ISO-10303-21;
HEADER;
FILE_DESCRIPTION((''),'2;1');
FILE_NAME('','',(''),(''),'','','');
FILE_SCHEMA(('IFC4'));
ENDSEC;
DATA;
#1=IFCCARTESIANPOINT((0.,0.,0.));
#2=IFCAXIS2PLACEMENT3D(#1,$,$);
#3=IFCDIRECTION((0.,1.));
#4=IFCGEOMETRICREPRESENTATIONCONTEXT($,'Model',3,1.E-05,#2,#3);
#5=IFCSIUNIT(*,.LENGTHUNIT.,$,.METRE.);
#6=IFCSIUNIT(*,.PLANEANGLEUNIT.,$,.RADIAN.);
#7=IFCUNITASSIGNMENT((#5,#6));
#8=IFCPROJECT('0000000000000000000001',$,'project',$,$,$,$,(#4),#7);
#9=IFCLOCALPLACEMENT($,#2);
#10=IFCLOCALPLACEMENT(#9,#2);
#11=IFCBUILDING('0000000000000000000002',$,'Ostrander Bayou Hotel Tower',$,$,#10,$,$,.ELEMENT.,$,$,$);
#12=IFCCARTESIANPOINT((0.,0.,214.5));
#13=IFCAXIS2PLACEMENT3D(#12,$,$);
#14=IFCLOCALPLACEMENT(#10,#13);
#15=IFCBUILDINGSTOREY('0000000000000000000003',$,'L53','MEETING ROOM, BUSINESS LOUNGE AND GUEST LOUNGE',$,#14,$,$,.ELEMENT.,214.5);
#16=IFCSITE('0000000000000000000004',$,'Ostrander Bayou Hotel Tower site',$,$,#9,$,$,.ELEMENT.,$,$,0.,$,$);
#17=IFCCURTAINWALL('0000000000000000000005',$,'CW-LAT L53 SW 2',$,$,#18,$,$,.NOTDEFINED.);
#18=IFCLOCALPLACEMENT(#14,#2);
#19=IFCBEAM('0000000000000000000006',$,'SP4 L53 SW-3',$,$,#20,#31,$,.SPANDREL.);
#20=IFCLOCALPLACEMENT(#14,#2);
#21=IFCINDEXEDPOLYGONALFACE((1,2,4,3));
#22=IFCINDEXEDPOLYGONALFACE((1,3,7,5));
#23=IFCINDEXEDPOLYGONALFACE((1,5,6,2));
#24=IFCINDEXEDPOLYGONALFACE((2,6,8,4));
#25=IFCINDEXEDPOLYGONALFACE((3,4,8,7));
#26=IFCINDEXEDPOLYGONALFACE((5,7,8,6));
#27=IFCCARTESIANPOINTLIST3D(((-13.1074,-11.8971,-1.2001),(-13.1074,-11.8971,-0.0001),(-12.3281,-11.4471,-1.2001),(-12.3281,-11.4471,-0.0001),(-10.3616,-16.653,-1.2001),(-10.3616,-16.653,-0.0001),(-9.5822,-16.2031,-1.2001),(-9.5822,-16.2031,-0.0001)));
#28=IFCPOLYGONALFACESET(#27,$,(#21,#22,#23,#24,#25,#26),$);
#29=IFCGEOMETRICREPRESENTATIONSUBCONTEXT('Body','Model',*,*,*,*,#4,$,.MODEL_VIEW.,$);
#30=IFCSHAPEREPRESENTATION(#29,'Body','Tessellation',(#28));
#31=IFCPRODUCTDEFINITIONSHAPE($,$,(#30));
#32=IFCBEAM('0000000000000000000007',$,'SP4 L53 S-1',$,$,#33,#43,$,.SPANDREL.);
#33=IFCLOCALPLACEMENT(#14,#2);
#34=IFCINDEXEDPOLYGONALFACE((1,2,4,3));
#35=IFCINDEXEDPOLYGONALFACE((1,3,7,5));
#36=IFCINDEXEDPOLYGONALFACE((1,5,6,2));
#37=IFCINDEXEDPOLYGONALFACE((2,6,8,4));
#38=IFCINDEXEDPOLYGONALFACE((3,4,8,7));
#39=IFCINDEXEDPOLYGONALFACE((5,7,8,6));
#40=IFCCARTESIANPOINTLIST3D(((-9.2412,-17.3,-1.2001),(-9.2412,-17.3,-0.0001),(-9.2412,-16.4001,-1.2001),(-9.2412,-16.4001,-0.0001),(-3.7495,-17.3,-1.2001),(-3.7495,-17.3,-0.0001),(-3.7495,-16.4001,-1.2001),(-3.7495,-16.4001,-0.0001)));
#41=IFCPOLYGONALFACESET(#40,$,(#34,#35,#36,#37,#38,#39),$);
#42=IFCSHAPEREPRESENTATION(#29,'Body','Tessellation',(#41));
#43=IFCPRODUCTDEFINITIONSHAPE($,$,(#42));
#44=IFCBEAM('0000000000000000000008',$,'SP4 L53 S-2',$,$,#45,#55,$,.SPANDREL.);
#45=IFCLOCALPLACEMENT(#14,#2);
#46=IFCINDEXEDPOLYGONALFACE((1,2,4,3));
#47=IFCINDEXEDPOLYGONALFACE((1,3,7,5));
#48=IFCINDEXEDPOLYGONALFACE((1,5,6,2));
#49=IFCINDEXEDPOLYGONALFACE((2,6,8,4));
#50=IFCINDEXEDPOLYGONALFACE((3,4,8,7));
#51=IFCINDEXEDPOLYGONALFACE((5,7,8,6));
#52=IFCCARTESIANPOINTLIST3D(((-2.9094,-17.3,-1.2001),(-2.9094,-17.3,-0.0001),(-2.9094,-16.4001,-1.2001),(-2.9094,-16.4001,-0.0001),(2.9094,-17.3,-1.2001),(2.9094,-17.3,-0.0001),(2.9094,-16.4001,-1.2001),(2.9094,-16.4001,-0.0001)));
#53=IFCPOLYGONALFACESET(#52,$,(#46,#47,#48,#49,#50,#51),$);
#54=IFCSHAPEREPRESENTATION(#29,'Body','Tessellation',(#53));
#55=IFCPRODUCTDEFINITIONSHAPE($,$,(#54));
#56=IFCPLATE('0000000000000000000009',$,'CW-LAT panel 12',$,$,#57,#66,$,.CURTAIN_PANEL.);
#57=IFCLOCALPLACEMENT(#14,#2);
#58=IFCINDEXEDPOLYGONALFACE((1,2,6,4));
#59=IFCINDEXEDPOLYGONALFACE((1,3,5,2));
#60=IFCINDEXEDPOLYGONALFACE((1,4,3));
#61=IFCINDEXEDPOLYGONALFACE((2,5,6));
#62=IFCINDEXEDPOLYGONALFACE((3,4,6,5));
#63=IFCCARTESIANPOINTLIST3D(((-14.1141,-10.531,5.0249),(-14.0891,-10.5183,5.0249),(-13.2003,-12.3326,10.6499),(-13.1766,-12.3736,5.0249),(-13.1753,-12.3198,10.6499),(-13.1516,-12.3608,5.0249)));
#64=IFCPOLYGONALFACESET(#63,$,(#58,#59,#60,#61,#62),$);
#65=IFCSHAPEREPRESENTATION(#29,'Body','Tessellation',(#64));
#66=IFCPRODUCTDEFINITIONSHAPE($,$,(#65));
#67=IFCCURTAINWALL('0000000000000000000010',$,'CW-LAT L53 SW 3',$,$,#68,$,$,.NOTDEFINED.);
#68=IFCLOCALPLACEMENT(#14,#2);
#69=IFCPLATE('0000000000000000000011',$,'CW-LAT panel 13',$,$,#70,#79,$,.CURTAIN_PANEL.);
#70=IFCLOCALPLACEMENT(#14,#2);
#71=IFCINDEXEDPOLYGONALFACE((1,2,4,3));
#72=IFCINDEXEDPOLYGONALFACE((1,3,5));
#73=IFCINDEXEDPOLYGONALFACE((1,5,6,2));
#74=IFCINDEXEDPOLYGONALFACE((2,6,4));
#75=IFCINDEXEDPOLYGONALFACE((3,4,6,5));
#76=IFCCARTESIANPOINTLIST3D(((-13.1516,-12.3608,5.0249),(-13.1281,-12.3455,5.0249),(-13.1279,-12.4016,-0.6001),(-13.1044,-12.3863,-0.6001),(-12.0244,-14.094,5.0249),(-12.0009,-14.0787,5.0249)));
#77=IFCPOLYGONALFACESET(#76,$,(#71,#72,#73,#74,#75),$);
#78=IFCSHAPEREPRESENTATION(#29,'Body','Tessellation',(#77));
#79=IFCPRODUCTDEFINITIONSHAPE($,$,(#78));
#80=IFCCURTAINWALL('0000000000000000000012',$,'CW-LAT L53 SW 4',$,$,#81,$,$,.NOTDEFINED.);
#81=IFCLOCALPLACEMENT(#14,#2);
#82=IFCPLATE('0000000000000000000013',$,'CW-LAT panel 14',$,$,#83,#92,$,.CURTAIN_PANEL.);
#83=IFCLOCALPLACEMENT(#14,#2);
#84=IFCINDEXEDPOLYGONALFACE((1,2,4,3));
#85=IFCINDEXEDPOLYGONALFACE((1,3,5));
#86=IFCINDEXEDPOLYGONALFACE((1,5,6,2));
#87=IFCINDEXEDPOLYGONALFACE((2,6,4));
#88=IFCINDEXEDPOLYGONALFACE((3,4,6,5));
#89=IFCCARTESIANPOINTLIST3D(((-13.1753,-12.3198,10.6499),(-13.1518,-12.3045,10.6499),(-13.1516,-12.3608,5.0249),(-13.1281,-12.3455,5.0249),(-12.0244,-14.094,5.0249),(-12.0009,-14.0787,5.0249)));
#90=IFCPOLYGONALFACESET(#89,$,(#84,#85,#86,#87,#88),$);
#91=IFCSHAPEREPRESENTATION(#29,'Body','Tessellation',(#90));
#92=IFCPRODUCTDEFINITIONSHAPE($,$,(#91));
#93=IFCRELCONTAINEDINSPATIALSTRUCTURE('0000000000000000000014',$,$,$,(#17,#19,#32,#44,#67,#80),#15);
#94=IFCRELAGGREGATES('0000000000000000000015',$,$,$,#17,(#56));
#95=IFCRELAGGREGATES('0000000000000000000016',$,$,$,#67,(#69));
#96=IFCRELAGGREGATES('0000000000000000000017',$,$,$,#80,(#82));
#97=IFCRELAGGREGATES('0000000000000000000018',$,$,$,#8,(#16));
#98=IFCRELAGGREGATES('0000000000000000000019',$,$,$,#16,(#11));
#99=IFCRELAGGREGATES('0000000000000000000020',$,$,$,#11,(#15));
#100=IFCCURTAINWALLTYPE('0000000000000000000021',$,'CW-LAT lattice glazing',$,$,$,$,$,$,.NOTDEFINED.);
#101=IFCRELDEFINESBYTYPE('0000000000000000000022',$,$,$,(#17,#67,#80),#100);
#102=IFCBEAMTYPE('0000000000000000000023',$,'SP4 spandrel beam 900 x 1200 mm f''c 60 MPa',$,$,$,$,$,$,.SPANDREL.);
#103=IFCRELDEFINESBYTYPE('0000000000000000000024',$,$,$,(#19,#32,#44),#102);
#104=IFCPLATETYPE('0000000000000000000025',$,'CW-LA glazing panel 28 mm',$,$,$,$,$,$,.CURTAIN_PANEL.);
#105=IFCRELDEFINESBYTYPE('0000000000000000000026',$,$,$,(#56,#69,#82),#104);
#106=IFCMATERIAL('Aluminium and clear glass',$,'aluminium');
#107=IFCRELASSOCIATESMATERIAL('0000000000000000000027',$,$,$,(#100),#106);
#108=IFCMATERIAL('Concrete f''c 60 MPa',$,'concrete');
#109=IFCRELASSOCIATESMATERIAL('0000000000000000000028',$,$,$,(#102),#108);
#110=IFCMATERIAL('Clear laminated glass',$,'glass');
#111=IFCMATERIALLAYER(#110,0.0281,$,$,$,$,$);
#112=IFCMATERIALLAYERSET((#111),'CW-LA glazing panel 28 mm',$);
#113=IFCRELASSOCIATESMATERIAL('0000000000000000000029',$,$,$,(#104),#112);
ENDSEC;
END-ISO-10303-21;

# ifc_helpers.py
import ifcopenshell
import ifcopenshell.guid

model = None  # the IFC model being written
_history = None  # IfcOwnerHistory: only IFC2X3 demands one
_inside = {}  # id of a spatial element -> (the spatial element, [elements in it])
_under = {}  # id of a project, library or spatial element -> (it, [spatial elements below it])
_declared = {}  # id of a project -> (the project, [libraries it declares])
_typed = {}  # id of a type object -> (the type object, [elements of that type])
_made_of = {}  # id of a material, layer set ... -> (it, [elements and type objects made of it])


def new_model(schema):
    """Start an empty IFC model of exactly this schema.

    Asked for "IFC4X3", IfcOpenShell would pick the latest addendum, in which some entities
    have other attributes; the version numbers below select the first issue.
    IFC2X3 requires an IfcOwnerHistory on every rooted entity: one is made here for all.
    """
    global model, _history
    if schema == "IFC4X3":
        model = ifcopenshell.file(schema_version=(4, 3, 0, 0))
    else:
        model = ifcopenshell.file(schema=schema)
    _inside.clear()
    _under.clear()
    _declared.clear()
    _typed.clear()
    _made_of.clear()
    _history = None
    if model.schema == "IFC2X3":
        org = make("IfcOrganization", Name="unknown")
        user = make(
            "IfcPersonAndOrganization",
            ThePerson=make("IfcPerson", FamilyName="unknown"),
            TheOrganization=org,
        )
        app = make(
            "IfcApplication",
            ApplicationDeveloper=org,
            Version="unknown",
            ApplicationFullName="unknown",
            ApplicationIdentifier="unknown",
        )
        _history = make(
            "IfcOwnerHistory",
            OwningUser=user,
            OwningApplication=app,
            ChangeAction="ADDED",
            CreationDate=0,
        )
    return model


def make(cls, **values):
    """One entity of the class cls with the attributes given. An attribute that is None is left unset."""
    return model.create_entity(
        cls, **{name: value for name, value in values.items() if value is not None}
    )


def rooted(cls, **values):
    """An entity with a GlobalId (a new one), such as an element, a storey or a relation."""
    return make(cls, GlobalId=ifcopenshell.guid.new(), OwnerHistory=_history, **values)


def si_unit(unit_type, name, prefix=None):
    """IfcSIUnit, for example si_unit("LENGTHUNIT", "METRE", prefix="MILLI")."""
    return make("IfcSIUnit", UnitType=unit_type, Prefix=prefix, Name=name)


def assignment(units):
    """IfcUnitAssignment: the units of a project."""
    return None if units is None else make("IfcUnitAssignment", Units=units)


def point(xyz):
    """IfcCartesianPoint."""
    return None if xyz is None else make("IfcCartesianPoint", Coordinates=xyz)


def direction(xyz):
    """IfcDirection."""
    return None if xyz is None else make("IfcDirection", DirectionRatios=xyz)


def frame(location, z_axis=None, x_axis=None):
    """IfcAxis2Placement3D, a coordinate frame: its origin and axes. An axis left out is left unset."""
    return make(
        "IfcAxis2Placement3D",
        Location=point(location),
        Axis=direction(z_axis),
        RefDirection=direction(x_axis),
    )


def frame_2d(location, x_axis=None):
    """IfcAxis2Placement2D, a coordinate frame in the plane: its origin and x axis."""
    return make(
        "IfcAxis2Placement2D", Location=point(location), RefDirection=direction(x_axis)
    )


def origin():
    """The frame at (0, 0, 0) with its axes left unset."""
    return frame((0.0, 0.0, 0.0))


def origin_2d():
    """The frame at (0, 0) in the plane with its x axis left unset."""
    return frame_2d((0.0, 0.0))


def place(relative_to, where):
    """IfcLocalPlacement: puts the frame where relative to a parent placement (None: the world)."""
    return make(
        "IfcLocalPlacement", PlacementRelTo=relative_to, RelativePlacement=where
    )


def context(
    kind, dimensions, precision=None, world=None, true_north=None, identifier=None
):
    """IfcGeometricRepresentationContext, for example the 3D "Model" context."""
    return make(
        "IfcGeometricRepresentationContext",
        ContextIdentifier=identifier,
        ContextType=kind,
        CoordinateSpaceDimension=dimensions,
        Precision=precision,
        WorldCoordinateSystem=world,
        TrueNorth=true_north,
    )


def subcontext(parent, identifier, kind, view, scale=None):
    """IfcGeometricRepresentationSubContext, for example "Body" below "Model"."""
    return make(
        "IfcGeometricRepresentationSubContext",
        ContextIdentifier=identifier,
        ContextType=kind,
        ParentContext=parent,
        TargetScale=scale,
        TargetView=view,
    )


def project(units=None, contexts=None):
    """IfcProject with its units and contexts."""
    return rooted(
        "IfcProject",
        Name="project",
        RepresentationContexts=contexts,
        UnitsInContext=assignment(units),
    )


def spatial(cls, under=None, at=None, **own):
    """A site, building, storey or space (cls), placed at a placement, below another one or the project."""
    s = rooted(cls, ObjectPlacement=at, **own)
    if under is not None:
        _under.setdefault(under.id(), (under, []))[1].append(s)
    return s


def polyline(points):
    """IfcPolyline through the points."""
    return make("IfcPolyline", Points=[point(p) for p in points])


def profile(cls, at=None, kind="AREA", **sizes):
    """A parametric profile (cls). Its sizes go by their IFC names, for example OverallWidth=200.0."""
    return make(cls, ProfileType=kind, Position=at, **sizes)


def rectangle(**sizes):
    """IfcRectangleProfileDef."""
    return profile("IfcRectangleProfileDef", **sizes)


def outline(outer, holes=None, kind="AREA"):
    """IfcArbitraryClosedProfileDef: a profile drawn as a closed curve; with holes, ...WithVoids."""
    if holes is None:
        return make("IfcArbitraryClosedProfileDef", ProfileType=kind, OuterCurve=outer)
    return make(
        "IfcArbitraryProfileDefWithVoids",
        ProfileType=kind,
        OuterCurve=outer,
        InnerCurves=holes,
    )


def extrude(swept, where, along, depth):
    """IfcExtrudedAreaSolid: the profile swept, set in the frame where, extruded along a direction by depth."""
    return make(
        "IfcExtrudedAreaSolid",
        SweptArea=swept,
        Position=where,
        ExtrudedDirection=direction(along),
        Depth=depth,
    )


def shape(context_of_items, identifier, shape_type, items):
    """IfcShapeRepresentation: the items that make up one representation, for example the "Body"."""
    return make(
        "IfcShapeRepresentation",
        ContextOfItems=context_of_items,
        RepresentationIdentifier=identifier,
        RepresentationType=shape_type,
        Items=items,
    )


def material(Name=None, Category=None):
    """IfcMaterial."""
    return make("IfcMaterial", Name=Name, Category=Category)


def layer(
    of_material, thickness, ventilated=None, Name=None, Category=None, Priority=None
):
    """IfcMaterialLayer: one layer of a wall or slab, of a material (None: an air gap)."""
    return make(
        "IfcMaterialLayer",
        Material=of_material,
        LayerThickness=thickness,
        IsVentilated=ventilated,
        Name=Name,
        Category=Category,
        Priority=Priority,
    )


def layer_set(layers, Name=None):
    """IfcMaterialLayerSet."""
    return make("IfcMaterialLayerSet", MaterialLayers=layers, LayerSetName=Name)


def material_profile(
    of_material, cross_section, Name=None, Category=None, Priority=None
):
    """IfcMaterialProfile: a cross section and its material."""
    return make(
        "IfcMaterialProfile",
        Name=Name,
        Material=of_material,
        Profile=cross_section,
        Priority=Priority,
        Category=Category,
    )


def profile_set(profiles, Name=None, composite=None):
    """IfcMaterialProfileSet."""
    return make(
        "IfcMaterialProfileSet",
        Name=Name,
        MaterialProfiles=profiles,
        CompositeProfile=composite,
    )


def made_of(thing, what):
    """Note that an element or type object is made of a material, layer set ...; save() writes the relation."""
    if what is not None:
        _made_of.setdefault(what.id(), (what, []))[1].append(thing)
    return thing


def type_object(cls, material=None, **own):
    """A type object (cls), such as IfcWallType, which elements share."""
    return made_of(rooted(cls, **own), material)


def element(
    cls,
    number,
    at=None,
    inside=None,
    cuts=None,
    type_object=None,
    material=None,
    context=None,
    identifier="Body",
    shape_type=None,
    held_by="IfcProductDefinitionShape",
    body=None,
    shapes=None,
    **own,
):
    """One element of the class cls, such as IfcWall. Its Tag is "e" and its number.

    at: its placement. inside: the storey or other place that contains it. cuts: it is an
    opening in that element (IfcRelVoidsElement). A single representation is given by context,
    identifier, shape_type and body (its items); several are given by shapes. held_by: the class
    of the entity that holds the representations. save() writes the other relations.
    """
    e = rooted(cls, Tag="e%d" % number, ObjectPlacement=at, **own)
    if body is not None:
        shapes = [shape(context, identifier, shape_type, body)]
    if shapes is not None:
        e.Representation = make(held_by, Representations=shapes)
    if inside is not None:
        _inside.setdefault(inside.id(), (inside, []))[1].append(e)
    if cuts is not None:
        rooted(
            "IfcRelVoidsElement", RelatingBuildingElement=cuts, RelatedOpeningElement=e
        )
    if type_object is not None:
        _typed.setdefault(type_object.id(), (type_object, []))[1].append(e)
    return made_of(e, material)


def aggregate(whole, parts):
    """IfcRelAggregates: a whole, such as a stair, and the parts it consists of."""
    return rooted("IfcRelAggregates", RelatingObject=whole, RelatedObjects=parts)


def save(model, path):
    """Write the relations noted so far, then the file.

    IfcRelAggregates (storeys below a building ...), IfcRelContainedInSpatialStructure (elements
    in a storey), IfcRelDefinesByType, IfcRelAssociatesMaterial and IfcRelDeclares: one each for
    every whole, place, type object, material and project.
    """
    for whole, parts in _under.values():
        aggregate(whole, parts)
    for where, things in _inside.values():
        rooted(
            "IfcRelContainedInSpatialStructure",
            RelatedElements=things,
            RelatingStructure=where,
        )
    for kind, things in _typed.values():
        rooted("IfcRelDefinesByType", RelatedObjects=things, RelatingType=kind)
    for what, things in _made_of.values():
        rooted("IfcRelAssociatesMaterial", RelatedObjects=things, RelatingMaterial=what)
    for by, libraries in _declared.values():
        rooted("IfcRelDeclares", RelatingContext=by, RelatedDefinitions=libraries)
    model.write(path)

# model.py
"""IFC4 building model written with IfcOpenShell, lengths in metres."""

from ifc_helpers import new_model, si_unit, direction, frame, origin, origin_2d, place, context, subcontext, project, spatial, polyline, rectangle, outline, extrude, material, layer, layer_set, material_profile, profile_set, type_object, element, aggregate, save


model = new_model("IFC4")

# Units and contexts
model_context = context("Model", 3, precision=1e-05, world=origin(), true_north=direction((0.0, 1.0)))
body_context = subcontext(model_context, "Body", "Model", "MODEL_VIEW")
ifc_project = project(units=[si_unit("LENGTHUNIT", "METRE"), si_unit("PLANEANGLEUNIT", "RADIAN")], contexts=[model_context])

# Site, building, storey
site_placement = place(None, origin())
site = spatial("IfcSite", under=ifc_project, at=site_placement, Name="Ostrander Bayou Hotel Tower site", CompositionType="ELEMENT", RefElevation=0.0)
building_placement = place(site_placement, origin())
building = spatial("IfcBuilding", under=site, at=building_placement, Name="Ostrander Bayou Hotel Tower", CompositionType="ELEMENT")
storey_placement = place(building_placement, frame((0.0, 0.0, 214.5)))
storey = spatial("IfcBuildingStorey", under=building, at=storey_placement, Name="L53", Description="MEETING ROOM, BUSINESS LOUNGE AND GUEST LOUNGE", CompositionType="ELEMENT", Elevation=214.5)

# Curtain wall
ifc_material_1 = material(Name="Aluminium and clear glass", Category="aluminium")
curtain_wall_type = type_object("IfcCurtainWallType", Name="CW-LAT lattice glazing", PredefinedType="NOTDEFINED", material=ifc_material_1)
curtain_wall_1_placement = place(storey_placement, origin())
curtain_wall_1 = element("IfcCurtainWall", 1, at=curtain_wall_1_placement, inside=storey, type_object=curtain_wall_type, Name="CW-LAT L53 SW 2", PredefinedType="NOTDEFINED")

# Beams
ifc_material_2 = material(Name="Concrete f'c 60 MPa", Category="concrete")
ifc_material_profile_1 = material_profile(ifc_material_2, rectangle(XDim=0.8999, YDim=1.2, at=origin_2d()))
ifc_profile_set_1 = profile_set([ifc_material_profile_1], Name="Concrete f'c 60 MPa")
beam_type_1 = type_object("IfcBeamType", Name="SP4 spandrel beam 900 x 1200 mm f'c 60 MPa", PredefinedType="SPANDREL", material=ifc_profile_set_1)
for number, where, z_axis, x_axis, name in (
    (2, (-12.7178, -11.6721, -0.6001), (0.500007, -0.866021, 0.0), (0.866021, 0.500007, 0.0), "SP4 L53 SW-3"),
    (3, (-9.2412, -16.8501, -0.6001), (1.0, 0.0, 0.0), (0.0, 1.0, 0.0), "SP4 L53 S-1"),
):
    element("IfcBeam", number, at=place(storey_placement, frame(where, z_axis=z_axis, x_axis=x_axis)), inside=storey, type_object=beam_type_1, Name=name, PredefinedType="SPANDREL", context=body_context, shape_type="SweptSolid", body=[
        extrude(rectangle(XDim=0.8999, YDim=1.2, at=origin_2d()), origin(), (0.0, 0.0, 1.0), 5.4917),
    ])
beam_placement = place(storey_placement, frame((-2.9094, -16.8501, -0.6001), z_axis=(1.0, 0.0, 0.0), x_axis=(0.0, 1.0, 0.0)))
element("IfcBeam", 4, at=beam_placement, inside=storey, type_object=beam_type_1, Name="SP4 L53 S-2", PredefinedType="SPANDREL", context=body_context, shape_type="SweptSolid", body=[
    extrude(rectangle(XDim=0.8999, YDim=1.2, at=origin_2d()), origin(), (0.0, 0.0, 1.0), 5.8188),
])

# Plate
ifc_material_3 = material(Name="Clear laminated glass", Category="glass")
ifc_layer_1 = layer(ifc_material_3, 0.0281)
ifc_layer_set_1 = layer_set([ifc_layer_1], Name="CW-LA glazing panel 28 mm")
plate_type = type_object("IfcPlateType", Name="CW-LA glazing panel 28 mm", PredefinedType="CURTAIN_PANEL", material=ifc_layer_set_1)
plate_1_placement = place(storey_placement, frame((-14.0891, -10.5183, 5.0249), z_axis=(0.891264, 0.453485, 0.000446), x_axis=(0.152896, -0.301422, 0.941152)))
plate_1 = element("IfcPlate", 5, at=plate_1_placement, type_object=plate_type, Name="CW-LAT panel 12", PredefinedType="CURTAIN_PANEL", context=body_context, shape_type="SweptSolid", body=[
    extrude(outline(polyline([(0.0, 0.0), (5.9767, 0.0), (0.6987, 1.9457), (0.0, 0.0)])), origin(), (0.0, 0.0, -1.0), 0.0281),
])
aggregate(curtain_wall_1, [plate_1])

# Curtain walls, plates
curtain_wall_2_placement = place(storey_placement, origin())
curtain_wall_2 = element("IfcCurtainWall", 6, at=curtain_wall_2_placement, inside=storey, type_object=curtain_wall_type, Name="CW-LAT L53 SW 3", PredefinedType="NOTDEFINED")
plate_2_placement = place(storey_placement, frame((-12.0244, -14.094, 5.0249), z_axis=(-0.838301, -0.545208, 0.000423), x_axis=(-0.184632, 0.283157, -0.941134)))
plate_2 = element("IfcPlate", 7, at=plate_2_placement, type_object=plate_type, Name="CW-LAT panel 13", PredefinedType="CURTAIN_PANEL", context=body_context, shape_type="SweptSolid", body=[
    extrude(outline(polyline([(0.0, 0.0), (5.9768, 0.0), (0.6989, -1.9458), (0.0, 0.0)])), origin(), (0.0, 0.0, -1.0), 0.0281),
])
aggregate(curtain_wall_2, [plate_2])
curtain_wall_3_placement = place(storey_placement, origin())
curtain_wall_3 = element("IfcCurtainWall", 8, at=curtain_wall_3_placement, inside=storey, type_object=curtain_wall_type, Name="CW-LAT L53 SW 4", PredefinedType="NOTDEFINED")
plate_3_placement = place(storey_placement, frame((-12.0244, -14.094, 5.0249), z_axis=(-0.838301, -0.545208, 0.000446), x_axis=(-0.191513, 0.295233, 0.936034)))
plate_3 = element("IfcPlate", 9, at=plate_3_placement, type_object=plate_type, Name="CW-LAT panel 14", PredefinedType="CURTAIN_PANEL", context=body_context, shape_type="SweptSolid", body=[
    extrude(outline(polyline([(0.0, 0.0), (6.0094, 0.0), (0.7276, 1.9352), (0.0, 0.0)])), origin(), (0.0, 0.0, -1.0), 0.0281),
])
aggregate(curtain_wall_3, [plate_3])

save(model, "model.ifc")
